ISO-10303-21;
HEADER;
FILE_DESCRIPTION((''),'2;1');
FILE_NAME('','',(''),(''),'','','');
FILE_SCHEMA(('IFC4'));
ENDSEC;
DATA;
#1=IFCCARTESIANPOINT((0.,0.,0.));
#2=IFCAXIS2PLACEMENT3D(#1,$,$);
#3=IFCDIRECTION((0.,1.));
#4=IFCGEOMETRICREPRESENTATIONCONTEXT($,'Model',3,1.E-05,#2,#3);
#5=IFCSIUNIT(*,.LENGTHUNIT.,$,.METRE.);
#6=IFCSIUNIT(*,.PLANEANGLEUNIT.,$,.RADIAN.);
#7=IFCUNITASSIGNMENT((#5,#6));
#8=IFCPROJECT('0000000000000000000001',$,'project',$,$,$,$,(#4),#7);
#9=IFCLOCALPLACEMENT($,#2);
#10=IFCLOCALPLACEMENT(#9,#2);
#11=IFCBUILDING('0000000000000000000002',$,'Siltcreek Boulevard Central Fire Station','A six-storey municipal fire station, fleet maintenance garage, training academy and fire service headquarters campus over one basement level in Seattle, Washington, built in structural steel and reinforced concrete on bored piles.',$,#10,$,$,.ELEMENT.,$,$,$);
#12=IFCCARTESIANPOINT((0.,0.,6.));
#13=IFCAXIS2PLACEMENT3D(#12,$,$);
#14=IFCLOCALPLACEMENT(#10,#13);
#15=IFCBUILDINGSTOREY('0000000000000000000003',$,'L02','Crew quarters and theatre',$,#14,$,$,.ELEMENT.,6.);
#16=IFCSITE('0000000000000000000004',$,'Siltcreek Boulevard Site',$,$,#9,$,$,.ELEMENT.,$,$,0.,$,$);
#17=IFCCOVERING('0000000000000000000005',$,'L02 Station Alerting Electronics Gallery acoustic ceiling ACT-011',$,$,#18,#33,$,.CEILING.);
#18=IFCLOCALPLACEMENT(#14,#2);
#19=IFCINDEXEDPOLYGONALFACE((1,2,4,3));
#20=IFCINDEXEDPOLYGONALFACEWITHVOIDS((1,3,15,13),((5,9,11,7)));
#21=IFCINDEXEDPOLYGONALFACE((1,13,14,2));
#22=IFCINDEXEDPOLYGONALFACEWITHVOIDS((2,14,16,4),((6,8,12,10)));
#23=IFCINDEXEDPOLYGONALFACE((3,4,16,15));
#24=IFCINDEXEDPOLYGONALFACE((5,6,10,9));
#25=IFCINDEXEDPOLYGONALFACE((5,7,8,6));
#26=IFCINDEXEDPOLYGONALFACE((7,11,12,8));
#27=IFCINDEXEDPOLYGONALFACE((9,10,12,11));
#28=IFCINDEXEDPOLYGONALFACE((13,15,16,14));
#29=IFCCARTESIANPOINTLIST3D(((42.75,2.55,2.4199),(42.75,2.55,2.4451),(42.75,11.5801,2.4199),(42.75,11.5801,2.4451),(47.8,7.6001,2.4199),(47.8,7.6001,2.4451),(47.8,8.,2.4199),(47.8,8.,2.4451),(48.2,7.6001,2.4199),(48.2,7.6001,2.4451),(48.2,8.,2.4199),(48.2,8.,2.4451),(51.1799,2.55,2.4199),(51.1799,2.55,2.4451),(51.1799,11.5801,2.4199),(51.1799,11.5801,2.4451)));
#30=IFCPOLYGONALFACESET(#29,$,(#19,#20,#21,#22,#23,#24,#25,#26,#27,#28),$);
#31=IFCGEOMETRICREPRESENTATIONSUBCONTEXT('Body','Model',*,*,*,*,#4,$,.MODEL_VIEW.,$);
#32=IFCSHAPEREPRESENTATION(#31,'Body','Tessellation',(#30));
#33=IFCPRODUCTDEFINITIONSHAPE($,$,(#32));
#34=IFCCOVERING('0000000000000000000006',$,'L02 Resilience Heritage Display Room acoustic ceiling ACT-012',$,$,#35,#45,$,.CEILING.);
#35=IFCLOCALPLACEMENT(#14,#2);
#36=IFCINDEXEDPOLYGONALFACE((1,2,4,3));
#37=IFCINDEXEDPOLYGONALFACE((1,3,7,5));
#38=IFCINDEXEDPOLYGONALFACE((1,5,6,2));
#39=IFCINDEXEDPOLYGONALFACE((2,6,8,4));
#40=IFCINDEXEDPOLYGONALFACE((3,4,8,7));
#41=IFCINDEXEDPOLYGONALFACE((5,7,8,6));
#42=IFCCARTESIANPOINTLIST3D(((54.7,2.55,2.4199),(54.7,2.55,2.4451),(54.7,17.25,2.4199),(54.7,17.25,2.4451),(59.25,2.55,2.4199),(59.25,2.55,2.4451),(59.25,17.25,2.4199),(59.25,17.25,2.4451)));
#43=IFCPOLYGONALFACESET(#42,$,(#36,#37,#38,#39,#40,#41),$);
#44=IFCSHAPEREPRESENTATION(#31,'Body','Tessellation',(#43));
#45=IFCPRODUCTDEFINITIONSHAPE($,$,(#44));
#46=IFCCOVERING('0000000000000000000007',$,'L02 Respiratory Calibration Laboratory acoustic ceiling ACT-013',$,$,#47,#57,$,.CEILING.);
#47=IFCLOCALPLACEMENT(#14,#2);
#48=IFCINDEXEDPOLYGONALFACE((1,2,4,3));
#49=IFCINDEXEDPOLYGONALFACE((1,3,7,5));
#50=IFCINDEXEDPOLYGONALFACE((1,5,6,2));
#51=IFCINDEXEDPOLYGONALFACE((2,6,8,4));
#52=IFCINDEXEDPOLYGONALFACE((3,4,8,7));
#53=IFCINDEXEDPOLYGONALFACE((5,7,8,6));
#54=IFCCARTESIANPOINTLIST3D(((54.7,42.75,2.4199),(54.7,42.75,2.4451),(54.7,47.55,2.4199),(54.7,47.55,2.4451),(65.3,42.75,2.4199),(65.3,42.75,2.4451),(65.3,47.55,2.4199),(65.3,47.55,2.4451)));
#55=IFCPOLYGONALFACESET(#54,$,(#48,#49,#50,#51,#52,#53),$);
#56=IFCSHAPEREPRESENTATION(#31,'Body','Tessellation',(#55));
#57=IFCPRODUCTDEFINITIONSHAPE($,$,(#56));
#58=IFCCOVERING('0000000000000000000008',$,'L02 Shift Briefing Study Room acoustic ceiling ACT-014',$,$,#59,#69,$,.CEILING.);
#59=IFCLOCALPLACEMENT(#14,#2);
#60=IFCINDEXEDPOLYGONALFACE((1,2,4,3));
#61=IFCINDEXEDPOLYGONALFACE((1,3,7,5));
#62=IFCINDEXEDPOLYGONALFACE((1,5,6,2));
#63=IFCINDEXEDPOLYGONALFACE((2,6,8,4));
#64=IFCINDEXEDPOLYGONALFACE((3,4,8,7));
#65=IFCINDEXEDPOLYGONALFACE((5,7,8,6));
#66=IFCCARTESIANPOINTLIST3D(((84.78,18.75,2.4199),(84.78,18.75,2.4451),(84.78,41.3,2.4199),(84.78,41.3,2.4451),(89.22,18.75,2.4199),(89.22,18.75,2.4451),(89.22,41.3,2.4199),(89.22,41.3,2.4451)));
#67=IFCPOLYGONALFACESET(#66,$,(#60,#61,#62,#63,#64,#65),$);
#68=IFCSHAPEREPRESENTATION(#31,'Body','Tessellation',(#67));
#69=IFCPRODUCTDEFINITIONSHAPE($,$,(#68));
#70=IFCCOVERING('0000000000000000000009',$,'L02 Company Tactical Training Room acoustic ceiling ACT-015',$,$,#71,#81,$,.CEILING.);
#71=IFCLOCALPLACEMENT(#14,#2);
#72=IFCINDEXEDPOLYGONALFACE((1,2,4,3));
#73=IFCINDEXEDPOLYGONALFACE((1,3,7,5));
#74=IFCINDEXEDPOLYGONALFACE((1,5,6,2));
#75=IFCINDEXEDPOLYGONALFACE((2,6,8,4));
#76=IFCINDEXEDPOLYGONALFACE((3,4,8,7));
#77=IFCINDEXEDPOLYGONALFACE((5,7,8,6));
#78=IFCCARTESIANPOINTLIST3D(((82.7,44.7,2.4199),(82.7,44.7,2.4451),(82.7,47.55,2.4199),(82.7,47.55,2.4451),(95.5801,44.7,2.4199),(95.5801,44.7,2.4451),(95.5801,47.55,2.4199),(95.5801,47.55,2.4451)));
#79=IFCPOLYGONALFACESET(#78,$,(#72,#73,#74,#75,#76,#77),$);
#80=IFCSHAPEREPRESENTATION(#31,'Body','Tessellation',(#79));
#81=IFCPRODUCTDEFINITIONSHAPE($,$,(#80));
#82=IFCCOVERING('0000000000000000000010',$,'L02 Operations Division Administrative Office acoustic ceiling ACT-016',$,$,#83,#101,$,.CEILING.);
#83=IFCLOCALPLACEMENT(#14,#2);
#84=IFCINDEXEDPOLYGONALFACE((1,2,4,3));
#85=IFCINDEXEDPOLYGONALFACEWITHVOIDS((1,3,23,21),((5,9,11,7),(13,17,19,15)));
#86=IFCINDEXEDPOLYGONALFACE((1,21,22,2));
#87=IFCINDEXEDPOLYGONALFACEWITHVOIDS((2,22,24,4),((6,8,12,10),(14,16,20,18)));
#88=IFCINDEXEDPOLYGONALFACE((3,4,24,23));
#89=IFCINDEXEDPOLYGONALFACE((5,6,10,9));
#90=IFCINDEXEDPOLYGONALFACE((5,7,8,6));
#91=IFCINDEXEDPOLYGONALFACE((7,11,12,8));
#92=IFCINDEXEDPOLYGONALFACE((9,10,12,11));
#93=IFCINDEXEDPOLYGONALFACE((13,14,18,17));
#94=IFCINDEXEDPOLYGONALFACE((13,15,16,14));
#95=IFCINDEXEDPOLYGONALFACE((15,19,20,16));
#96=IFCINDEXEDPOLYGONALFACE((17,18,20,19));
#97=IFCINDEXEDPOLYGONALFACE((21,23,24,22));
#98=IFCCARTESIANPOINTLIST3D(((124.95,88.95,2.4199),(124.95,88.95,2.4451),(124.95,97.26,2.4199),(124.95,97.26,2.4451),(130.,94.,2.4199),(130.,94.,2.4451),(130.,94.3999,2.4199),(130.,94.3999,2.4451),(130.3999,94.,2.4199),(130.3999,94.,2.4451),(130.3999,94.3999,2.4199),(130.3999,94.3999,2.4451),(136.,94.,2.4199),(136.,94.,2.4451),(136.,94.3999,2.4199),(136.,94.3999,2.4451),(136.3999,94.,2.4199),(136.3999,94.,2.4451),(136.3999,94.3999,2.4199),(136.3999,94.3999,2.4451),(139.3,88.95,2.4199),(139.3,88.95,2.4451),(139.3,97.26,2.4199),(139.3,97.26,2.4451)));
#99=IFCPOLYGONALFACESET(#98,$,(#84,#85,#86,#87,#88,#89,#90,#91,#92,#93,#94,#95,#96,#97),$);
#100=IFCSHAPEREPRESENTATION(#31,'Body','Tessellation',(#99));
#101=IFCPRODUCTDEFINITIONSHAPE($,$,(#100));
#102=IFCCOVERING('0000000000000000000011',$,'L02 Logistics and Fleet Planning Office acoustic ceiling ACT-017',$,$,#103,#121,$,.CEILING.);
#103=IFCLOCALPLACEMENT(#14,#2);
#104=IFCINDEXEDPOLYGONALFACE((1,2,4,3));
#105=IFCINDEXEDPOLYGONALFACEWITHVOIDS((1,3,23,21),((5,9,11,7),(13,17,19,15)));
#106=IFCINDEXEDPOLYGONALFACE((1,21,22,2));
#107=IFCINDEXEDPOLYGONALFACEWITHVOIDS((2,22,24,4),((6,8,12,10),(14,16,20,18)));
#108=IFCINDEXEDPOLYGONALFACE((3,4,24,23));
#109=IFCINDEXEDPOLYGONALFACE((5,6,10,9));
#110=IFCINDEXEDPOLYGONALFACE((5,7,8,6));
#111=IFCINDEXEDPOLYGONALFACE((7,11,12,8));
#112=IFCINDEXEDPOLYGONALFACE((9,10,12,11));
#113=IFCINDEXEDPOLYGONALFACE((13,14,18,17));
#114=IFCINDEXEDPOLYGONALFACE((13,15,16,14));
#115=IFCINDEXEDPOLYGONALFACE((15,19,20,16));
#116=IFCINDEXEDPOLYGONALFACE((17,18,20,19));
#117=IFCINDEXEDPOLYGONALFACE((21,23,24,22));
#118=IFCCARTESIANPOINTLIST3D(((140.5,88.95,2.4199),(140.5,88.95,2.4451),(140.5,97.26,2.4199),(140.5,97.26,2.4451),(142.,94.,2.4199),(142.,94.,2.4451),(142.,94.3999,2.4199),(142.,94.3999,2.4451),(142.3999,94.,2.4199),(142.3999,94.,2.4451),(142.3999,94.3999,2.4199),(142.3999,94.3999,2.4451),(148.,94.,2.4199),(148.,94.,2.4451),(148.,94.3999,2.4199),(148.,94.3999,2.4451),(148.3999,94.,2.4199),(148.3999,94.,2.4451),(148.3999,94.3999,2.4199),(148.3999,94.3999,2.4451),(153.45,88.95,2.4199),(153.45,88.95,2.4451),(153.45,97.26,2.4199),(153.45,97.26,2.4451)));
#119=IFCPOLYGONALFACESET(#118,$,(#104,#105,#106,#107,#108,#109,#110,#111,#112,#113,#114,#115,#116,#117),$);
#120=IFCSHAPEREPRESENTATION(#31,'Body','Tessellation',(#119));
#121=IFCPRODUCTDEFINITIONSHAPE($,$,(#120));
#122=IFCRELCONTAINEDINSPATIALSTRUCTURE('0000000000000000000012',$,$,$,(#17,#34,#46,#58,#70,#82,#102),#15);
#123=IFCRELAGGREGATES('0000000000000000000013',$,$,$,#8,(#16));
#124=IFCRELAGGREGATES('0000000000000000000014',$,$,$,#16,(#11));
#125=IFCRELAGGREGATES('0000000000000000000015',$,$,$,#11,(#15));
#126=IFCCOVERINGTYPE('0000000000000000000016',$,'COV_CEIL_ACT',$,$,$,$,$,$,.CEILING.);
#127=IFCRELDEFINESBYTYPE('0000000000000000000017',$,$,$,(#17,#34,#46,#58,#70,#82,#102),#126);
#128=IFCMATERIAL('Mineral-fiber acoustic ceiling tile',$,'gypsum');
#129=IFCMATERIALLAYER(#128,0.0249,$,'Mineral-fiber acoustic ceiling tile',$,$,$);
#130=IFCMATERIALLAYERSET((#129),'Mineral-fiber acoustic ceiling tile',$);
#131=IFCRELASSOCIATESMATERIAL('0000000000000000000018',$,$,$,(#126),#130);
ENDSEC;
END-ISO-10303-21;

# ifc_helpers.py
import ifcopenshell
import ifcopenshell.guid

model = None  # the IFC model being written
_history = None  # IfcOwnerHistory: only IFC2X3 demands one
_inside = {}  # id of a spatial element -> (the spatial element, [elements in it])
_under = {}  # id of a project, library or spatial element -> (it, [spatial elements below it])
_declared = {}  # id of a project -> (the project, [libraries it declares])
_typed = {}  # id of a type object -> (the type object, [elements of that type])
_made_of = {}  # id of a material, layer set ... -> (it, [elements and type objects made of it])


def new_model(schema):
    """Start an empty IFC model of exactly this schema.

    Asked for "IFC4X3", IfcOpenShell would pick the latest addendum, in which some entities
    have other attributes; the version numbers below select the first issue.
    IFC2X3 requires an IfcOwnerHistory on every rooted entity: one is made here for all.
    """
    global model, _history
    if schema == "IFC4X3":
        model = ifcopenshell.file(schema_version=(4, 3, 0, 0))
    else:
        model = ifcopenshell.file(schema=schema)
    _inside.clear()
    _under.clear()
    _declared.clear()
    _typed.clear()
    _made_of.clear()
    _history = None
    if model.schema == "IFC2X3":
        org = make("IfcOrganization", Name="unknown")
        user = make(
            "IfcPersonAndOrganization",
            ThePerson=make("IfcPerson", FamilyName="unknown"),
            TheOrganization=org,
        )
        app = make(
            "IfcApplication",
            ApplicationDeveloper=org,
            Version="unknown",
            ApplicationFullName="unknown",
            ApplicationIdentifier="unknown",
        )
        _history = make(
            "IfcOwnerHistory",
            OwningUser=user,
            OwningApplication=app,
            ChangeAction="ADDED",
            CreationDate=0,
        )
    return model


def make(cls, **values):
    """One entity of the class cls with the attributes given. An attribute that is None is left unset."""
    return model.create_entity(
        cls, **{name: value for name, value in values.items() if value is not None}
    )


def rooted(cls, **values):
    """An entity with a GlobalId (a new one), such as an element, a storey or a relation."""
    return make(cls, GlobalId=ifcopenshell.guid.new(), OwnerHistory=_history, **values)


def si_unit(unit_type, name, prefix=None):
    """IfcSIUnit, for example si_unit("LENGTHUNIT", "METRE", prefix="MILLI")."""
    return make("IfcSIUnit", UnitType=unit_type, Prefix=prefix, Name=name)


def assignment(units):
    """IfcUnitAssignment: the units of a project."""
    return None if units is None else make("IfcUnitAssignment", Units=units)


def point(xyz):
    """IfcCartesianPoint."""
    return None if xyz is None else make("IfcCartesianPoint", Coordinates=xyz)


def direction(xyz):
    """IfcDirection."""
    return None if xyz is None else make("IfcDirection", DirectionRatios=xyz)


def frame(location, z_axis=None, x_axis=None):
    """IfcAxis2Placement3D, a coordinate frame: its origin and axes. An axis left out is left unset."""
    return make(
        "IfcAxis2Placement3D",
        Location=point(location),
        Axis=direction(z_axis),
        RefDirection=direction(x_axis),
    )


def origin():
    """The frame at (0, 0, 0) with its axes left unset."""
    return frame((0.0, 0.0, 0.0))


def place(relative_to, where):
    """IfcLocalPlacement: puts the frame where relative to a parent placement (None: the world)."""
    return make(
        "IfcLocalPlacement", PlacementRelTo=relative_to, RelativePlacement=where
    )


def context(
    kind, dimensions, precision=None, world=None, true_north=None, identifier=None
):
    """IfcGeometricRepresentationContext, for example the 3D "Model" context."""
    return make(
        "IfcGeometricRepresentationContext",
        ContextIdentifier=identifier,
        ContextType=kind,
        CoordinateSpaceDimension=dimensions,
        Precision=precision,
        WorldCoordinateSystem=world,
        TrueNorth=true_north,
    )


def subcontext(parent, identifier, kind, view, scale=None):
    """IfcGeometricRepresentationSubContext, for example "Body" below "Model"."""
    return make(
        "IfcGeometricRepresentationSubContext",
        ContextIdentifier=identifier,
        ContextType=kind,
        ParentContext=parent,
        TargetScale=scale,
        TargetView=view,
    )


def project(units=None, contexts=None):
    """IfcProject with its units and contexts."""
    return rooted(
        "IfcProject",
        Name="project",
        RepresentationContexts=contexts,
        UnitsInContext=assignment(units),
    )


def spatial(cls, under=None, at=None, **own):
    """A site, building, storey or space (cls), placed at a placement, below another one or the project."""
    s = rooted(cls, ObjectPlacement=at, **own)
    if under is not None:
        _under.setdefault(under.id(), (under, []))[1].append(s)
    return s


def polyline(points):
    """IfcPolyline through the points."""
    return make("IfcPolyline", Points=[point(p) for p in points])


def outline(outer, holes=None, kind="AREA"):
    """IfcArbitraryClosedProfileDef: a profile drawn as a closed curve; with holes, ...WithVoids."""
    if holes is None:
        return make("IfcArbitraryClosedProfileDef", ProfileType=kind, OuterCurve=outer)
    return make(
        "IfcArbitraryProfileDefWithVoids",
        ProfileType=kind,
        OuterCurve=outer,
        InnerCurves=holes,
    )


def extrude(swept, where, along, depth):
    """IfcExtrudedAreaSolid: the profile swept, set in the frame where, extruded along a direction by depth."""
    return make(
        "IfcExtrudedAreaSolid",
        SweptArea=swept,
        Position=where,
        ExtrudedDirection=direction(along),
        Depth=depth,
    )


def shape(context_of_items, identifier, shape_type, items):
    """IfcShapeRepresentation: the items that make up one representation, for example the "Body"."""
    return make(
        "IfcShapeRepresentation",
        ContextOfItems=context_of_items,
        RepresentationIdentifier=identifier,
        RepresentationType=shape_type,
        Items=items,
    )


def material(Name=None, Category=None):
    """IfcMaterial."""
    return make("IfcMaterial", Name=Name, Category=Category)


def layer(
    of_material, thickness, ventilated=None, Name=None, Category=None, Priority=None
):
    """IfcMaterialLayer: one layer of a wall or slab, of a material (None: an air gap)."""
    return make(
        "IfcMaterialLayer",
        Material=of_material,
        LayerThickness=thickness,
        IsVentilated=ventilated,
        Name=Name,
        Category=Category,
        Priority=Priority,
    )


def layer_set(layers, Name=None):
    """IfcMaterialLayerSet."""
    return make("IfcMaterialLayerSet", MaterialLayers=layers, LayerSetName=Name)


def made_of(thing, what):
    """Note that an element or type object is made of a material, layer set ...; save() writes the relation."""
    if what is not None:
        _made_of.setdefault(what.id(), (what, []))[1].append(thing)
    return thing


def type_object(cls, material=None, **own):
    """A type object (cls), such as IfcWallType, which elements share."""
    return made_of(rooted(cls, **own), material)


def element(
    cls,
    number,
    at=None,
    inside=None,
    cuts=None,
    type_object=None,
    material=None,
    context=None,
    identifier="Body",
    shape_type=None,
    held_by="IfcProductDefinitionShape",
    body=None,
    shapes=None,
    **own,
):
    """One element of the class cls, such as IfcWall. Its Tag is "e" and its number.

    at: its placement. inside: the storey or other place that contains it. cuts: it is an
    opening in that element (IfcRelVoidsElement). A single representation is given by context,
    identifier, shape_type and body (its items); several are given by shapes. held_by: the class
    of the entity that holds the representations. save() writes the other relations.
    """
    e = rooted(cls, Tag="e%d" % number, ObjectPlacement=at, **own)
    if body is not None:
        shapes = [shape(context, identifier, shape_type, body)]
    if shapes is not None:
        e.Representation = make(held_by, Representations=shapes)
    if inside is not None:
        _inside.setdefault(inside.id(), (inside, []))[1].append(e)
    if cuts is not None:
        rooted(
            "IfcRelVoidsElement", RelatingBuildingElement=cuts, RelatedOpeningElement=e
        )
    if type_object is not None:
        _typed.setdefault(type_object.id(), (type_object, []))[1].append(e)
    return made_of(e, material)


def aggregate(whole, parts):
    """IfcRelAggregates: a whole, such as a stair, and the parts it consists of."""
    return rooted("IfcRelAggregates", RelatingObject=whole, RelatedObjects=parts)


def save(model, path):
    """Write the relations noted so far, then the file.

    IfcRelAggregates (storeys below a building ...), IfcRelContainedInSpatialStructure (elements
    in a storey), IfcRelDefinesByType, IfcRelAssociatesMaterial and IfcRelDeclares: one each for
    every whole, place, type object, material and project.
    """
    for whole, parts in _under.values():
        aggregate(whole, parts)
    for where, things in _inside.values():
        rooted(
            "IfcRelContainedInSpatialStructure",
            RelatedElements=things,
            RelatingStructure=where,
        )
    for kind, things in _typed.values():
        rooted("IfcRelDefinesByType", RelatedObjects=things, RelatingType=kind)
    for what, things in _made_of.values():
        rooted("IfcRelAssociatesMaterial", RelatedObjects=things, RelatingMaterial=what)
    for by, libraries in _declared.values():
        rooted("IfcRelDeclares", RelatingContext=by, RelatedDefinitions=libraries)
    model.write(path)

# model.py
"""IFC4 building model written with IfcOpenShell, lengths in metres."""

from ifc_helpers import new_model, si_unit, direction, frame, origin, place, context, subcontext, project, spatial, polyline, outline, extrude, material, layer, layer_set, type_object, element, save


model = new_model("IFC4")

# Units and contexts
model_context = context("Model", 3, precision=1e-05, world=origin(), true_north=direction((0.0, 1.0)))
body_context = subcontext(model_context, "Body", "Model", "MODEL_VIEW")
ifc_project = project(units=[si_unit("LENGTHUNIT", "METRE"), si_unit("PLANEANGLEUNIT", "RADIAN")], contexts=[model_context])

# Site, building, storey
site_placement = place(None, origin())
site = spatial("IfcSite", under=ifc_project, at=site_placement, Name="Siltcreek Boulevard Site", CompositionType="ELEMENT", RefElevation=0.0)
building_placement = place(site_placement, origin())
building = spatial("IfcBuilding", under=site, at=building_placement, Name="Siltcreek Boulevard Central Fire Station", Description="A six-storey municipal fire station, fleet maintenance garage, training academy and fire service headquarters campus over one basement level in Seattle, Washington, built in structural steel and reinforced concrete on bored piles.", CompositionType="ELEMENT")
storey_placement = place(building_placement, frame((0.0, 0.0, 6.0)))
storey = spatial("IfcBuildingStorey", under=building, at=storey_placement, Name="L02", Description="Crew quarters and theatre", CompositionType="ELEMENT", Elevation=6.0)

# Coverings
ifc_material_1 = material(Name="Mineral-fiber acoustic ceiling tile", Category="gypsum")
ifc_layer_1 = layer(ifc_material_1, 0.0249, Name="Mineral-fiber acoustic ceiling tile")
ifc_layer_set_1 = layer_set([ifc_layer_1], Name="Mineral-fiber acoustic ceiling tile")
covering_type = type_object("IfcCoveringType", Name="COV_CEIL_ACT", PredefinedType="CEILING", material=ifc_layer_set_1)
covering_1_placement = place(storey_placement, frame((0.0, 0.0, 2.4199)))
element("IfcCovering", 1, at=covering_1_placement, inside=storey, type_object=covering_type, Name="L02 Station Alerting Electronics Gallery acoustic ceiling ACT-011", PredefinedType="CEILING", context=body_context, shape_type="SweptSolid", body=[
    extrude(outline(polyline([(42.75, 2.55), (51.1799, 2.55), (51.1799, 11.5801), (42.75, 11.5801), (42.75, 2.55)]), holes=[polyline([(47.8, 7.6001), (48.2, 7.6001), (48.2, 8.0), (47.8, 8.0), (47.8, 7.6001)])]), origin(), (0.0, 0.0, 1.0), 0.0251),
])
covering_2_placement = place(storey_placement, frame((0.0, 0.0, 2.4199)))
element("IfcCovering", 2, at=covering_2_placement, inside=storey, type_object=covering_type, Name="L02 Resilience Heritage Display Room acoustic ceiling ACT-012", PredefinedType="CEILING", context=body_context, shape_type="SweptSolid", body=[
    extrude(outline(polyline([(54.7, 2.55), (59.25, 2.55), (59.25, 17.25), (54.7, 17.25), (54.7, 2.55)])), origin(), (0.0, 0.0, 1.0), 0.0251),
])
covering_3_placement = place(storey_placement, frame((0.0, 0.0, 2.4199)))
element("IfcCovering", 3, at=covering_3_placement, inside=storey, type_object=covering_type, Name="L02 Respiratory Calibration Laboratory acoustic ceiling ACT-013", PredefinedType="CEILING", context=body_context, shape_type="SweptSolid", body=[
    extrude(outline(polyline([(54.7, 42.75), (65.3, 42.75), (65.3, 47.55), (54.7, 47.55), (54.7, 42.75)])), origin(), (0.0, 0.0, 1.0), 0.0251),
])
covering_4_placement = place(storey_placement, frame((0.0, 0.0, 2.4199)))
element("IfcCovering", 4, at=covering_4_placement, inside=storey, type_object=covering_type, Name="L02 Shift Briefing Study Room acoustic ceiling ACT-014", PredefinedType="CEILING", context=body_context, shape_type="SweptSolid", body=[
    extrude(outline(polyline([(84.78, 18.75), (89.22, 18.75), (89.22, 41.3), (84.78, 41.3), (84.78, 18.75)])), origin(), (0.0, 0.0, 1.0), 0.0251),
])
covering_5_placement = place(storey_placement, frame((0.0, 0.0, 2.4199)))
element("IfcCovering", 5, at=covering_5_placement, inside=storey, type_object=covering_type, Name="L02 Company Tactical Training Room acoustic ceiling ACT-015", PredefinedType="CEILING", context=body_context, shape_type="SweptSolid", body=[
    extrude(outline(polyline([(82.7, 44.7), (95.5801, 44.7), (95.5801, 47.55), (82.7, 47.55), (82.7, 44.7)])), origin(), (0.0, 0.0, 1.0), 0.0251),
])
covering_6_placement = place(storey_placement, frame((0.0, 0.0, 2.4199)))
element("IfcCovering", 6, at=covering_6_placement, inside=storey, type_object=covering_type, Name="L02 Operations Division Administrative Office acoustic ceiling ACT-016", PredefinedType="CEILING", context=body_context, shape_type="SweptSolid", body=[
    extrude(outline(polyline([(124.95, 88.95), (139.3, 88.95), (139.3, 97.26), (124.95, 97.26), (124.95, 88.95)]), holes=[polyline([(130.0, 94.0), (130.3999, 94.0), (130.3999, 94.3999), (130.0, 94.3999), (130.0, 94.0)]), polyline([(136.0, 94.0), (136.3999, 94.0), (136.3999, 94.3999), (136.0, 94.3999), (136.0, 94.0)])]), origin(), (0.0, 0.0, 1.0), 0.0251),
])
covering_7_placement = place(storey_placement, frame((0.0, 0.0, 2.4199)))
element("IfcCovering", 7, at=covering_7_placement, inside=storey, type_object=covering_type, Name="L02 Logistics and Fleet Planning Office acoustic ceiling ACT-017", PredefinedType="CEILING", context=body_context, shape_type="SweptSolid", body=[
    extrude(outline(polyline([(140.5, 88.95), (153.45, 88.95), (153.45, 97.26), (140.5, 97.26), (140.5, 88.95)]), holes=[polyline([(142.0, 94.0), (142.3999, 94.0), (142.3999, 94.3999), (142.0, 94.3999), (142.0, 94.0)]), polyline([(148.0, 94.0), (148.3999, 94.0), (148.3999, 94.3999), (148.0, 94.3999), (148.0, 94.0)])]), origin(), (0.0, 0.0, 1.0), 0.0251),
])

save(model, "model.ifc")
